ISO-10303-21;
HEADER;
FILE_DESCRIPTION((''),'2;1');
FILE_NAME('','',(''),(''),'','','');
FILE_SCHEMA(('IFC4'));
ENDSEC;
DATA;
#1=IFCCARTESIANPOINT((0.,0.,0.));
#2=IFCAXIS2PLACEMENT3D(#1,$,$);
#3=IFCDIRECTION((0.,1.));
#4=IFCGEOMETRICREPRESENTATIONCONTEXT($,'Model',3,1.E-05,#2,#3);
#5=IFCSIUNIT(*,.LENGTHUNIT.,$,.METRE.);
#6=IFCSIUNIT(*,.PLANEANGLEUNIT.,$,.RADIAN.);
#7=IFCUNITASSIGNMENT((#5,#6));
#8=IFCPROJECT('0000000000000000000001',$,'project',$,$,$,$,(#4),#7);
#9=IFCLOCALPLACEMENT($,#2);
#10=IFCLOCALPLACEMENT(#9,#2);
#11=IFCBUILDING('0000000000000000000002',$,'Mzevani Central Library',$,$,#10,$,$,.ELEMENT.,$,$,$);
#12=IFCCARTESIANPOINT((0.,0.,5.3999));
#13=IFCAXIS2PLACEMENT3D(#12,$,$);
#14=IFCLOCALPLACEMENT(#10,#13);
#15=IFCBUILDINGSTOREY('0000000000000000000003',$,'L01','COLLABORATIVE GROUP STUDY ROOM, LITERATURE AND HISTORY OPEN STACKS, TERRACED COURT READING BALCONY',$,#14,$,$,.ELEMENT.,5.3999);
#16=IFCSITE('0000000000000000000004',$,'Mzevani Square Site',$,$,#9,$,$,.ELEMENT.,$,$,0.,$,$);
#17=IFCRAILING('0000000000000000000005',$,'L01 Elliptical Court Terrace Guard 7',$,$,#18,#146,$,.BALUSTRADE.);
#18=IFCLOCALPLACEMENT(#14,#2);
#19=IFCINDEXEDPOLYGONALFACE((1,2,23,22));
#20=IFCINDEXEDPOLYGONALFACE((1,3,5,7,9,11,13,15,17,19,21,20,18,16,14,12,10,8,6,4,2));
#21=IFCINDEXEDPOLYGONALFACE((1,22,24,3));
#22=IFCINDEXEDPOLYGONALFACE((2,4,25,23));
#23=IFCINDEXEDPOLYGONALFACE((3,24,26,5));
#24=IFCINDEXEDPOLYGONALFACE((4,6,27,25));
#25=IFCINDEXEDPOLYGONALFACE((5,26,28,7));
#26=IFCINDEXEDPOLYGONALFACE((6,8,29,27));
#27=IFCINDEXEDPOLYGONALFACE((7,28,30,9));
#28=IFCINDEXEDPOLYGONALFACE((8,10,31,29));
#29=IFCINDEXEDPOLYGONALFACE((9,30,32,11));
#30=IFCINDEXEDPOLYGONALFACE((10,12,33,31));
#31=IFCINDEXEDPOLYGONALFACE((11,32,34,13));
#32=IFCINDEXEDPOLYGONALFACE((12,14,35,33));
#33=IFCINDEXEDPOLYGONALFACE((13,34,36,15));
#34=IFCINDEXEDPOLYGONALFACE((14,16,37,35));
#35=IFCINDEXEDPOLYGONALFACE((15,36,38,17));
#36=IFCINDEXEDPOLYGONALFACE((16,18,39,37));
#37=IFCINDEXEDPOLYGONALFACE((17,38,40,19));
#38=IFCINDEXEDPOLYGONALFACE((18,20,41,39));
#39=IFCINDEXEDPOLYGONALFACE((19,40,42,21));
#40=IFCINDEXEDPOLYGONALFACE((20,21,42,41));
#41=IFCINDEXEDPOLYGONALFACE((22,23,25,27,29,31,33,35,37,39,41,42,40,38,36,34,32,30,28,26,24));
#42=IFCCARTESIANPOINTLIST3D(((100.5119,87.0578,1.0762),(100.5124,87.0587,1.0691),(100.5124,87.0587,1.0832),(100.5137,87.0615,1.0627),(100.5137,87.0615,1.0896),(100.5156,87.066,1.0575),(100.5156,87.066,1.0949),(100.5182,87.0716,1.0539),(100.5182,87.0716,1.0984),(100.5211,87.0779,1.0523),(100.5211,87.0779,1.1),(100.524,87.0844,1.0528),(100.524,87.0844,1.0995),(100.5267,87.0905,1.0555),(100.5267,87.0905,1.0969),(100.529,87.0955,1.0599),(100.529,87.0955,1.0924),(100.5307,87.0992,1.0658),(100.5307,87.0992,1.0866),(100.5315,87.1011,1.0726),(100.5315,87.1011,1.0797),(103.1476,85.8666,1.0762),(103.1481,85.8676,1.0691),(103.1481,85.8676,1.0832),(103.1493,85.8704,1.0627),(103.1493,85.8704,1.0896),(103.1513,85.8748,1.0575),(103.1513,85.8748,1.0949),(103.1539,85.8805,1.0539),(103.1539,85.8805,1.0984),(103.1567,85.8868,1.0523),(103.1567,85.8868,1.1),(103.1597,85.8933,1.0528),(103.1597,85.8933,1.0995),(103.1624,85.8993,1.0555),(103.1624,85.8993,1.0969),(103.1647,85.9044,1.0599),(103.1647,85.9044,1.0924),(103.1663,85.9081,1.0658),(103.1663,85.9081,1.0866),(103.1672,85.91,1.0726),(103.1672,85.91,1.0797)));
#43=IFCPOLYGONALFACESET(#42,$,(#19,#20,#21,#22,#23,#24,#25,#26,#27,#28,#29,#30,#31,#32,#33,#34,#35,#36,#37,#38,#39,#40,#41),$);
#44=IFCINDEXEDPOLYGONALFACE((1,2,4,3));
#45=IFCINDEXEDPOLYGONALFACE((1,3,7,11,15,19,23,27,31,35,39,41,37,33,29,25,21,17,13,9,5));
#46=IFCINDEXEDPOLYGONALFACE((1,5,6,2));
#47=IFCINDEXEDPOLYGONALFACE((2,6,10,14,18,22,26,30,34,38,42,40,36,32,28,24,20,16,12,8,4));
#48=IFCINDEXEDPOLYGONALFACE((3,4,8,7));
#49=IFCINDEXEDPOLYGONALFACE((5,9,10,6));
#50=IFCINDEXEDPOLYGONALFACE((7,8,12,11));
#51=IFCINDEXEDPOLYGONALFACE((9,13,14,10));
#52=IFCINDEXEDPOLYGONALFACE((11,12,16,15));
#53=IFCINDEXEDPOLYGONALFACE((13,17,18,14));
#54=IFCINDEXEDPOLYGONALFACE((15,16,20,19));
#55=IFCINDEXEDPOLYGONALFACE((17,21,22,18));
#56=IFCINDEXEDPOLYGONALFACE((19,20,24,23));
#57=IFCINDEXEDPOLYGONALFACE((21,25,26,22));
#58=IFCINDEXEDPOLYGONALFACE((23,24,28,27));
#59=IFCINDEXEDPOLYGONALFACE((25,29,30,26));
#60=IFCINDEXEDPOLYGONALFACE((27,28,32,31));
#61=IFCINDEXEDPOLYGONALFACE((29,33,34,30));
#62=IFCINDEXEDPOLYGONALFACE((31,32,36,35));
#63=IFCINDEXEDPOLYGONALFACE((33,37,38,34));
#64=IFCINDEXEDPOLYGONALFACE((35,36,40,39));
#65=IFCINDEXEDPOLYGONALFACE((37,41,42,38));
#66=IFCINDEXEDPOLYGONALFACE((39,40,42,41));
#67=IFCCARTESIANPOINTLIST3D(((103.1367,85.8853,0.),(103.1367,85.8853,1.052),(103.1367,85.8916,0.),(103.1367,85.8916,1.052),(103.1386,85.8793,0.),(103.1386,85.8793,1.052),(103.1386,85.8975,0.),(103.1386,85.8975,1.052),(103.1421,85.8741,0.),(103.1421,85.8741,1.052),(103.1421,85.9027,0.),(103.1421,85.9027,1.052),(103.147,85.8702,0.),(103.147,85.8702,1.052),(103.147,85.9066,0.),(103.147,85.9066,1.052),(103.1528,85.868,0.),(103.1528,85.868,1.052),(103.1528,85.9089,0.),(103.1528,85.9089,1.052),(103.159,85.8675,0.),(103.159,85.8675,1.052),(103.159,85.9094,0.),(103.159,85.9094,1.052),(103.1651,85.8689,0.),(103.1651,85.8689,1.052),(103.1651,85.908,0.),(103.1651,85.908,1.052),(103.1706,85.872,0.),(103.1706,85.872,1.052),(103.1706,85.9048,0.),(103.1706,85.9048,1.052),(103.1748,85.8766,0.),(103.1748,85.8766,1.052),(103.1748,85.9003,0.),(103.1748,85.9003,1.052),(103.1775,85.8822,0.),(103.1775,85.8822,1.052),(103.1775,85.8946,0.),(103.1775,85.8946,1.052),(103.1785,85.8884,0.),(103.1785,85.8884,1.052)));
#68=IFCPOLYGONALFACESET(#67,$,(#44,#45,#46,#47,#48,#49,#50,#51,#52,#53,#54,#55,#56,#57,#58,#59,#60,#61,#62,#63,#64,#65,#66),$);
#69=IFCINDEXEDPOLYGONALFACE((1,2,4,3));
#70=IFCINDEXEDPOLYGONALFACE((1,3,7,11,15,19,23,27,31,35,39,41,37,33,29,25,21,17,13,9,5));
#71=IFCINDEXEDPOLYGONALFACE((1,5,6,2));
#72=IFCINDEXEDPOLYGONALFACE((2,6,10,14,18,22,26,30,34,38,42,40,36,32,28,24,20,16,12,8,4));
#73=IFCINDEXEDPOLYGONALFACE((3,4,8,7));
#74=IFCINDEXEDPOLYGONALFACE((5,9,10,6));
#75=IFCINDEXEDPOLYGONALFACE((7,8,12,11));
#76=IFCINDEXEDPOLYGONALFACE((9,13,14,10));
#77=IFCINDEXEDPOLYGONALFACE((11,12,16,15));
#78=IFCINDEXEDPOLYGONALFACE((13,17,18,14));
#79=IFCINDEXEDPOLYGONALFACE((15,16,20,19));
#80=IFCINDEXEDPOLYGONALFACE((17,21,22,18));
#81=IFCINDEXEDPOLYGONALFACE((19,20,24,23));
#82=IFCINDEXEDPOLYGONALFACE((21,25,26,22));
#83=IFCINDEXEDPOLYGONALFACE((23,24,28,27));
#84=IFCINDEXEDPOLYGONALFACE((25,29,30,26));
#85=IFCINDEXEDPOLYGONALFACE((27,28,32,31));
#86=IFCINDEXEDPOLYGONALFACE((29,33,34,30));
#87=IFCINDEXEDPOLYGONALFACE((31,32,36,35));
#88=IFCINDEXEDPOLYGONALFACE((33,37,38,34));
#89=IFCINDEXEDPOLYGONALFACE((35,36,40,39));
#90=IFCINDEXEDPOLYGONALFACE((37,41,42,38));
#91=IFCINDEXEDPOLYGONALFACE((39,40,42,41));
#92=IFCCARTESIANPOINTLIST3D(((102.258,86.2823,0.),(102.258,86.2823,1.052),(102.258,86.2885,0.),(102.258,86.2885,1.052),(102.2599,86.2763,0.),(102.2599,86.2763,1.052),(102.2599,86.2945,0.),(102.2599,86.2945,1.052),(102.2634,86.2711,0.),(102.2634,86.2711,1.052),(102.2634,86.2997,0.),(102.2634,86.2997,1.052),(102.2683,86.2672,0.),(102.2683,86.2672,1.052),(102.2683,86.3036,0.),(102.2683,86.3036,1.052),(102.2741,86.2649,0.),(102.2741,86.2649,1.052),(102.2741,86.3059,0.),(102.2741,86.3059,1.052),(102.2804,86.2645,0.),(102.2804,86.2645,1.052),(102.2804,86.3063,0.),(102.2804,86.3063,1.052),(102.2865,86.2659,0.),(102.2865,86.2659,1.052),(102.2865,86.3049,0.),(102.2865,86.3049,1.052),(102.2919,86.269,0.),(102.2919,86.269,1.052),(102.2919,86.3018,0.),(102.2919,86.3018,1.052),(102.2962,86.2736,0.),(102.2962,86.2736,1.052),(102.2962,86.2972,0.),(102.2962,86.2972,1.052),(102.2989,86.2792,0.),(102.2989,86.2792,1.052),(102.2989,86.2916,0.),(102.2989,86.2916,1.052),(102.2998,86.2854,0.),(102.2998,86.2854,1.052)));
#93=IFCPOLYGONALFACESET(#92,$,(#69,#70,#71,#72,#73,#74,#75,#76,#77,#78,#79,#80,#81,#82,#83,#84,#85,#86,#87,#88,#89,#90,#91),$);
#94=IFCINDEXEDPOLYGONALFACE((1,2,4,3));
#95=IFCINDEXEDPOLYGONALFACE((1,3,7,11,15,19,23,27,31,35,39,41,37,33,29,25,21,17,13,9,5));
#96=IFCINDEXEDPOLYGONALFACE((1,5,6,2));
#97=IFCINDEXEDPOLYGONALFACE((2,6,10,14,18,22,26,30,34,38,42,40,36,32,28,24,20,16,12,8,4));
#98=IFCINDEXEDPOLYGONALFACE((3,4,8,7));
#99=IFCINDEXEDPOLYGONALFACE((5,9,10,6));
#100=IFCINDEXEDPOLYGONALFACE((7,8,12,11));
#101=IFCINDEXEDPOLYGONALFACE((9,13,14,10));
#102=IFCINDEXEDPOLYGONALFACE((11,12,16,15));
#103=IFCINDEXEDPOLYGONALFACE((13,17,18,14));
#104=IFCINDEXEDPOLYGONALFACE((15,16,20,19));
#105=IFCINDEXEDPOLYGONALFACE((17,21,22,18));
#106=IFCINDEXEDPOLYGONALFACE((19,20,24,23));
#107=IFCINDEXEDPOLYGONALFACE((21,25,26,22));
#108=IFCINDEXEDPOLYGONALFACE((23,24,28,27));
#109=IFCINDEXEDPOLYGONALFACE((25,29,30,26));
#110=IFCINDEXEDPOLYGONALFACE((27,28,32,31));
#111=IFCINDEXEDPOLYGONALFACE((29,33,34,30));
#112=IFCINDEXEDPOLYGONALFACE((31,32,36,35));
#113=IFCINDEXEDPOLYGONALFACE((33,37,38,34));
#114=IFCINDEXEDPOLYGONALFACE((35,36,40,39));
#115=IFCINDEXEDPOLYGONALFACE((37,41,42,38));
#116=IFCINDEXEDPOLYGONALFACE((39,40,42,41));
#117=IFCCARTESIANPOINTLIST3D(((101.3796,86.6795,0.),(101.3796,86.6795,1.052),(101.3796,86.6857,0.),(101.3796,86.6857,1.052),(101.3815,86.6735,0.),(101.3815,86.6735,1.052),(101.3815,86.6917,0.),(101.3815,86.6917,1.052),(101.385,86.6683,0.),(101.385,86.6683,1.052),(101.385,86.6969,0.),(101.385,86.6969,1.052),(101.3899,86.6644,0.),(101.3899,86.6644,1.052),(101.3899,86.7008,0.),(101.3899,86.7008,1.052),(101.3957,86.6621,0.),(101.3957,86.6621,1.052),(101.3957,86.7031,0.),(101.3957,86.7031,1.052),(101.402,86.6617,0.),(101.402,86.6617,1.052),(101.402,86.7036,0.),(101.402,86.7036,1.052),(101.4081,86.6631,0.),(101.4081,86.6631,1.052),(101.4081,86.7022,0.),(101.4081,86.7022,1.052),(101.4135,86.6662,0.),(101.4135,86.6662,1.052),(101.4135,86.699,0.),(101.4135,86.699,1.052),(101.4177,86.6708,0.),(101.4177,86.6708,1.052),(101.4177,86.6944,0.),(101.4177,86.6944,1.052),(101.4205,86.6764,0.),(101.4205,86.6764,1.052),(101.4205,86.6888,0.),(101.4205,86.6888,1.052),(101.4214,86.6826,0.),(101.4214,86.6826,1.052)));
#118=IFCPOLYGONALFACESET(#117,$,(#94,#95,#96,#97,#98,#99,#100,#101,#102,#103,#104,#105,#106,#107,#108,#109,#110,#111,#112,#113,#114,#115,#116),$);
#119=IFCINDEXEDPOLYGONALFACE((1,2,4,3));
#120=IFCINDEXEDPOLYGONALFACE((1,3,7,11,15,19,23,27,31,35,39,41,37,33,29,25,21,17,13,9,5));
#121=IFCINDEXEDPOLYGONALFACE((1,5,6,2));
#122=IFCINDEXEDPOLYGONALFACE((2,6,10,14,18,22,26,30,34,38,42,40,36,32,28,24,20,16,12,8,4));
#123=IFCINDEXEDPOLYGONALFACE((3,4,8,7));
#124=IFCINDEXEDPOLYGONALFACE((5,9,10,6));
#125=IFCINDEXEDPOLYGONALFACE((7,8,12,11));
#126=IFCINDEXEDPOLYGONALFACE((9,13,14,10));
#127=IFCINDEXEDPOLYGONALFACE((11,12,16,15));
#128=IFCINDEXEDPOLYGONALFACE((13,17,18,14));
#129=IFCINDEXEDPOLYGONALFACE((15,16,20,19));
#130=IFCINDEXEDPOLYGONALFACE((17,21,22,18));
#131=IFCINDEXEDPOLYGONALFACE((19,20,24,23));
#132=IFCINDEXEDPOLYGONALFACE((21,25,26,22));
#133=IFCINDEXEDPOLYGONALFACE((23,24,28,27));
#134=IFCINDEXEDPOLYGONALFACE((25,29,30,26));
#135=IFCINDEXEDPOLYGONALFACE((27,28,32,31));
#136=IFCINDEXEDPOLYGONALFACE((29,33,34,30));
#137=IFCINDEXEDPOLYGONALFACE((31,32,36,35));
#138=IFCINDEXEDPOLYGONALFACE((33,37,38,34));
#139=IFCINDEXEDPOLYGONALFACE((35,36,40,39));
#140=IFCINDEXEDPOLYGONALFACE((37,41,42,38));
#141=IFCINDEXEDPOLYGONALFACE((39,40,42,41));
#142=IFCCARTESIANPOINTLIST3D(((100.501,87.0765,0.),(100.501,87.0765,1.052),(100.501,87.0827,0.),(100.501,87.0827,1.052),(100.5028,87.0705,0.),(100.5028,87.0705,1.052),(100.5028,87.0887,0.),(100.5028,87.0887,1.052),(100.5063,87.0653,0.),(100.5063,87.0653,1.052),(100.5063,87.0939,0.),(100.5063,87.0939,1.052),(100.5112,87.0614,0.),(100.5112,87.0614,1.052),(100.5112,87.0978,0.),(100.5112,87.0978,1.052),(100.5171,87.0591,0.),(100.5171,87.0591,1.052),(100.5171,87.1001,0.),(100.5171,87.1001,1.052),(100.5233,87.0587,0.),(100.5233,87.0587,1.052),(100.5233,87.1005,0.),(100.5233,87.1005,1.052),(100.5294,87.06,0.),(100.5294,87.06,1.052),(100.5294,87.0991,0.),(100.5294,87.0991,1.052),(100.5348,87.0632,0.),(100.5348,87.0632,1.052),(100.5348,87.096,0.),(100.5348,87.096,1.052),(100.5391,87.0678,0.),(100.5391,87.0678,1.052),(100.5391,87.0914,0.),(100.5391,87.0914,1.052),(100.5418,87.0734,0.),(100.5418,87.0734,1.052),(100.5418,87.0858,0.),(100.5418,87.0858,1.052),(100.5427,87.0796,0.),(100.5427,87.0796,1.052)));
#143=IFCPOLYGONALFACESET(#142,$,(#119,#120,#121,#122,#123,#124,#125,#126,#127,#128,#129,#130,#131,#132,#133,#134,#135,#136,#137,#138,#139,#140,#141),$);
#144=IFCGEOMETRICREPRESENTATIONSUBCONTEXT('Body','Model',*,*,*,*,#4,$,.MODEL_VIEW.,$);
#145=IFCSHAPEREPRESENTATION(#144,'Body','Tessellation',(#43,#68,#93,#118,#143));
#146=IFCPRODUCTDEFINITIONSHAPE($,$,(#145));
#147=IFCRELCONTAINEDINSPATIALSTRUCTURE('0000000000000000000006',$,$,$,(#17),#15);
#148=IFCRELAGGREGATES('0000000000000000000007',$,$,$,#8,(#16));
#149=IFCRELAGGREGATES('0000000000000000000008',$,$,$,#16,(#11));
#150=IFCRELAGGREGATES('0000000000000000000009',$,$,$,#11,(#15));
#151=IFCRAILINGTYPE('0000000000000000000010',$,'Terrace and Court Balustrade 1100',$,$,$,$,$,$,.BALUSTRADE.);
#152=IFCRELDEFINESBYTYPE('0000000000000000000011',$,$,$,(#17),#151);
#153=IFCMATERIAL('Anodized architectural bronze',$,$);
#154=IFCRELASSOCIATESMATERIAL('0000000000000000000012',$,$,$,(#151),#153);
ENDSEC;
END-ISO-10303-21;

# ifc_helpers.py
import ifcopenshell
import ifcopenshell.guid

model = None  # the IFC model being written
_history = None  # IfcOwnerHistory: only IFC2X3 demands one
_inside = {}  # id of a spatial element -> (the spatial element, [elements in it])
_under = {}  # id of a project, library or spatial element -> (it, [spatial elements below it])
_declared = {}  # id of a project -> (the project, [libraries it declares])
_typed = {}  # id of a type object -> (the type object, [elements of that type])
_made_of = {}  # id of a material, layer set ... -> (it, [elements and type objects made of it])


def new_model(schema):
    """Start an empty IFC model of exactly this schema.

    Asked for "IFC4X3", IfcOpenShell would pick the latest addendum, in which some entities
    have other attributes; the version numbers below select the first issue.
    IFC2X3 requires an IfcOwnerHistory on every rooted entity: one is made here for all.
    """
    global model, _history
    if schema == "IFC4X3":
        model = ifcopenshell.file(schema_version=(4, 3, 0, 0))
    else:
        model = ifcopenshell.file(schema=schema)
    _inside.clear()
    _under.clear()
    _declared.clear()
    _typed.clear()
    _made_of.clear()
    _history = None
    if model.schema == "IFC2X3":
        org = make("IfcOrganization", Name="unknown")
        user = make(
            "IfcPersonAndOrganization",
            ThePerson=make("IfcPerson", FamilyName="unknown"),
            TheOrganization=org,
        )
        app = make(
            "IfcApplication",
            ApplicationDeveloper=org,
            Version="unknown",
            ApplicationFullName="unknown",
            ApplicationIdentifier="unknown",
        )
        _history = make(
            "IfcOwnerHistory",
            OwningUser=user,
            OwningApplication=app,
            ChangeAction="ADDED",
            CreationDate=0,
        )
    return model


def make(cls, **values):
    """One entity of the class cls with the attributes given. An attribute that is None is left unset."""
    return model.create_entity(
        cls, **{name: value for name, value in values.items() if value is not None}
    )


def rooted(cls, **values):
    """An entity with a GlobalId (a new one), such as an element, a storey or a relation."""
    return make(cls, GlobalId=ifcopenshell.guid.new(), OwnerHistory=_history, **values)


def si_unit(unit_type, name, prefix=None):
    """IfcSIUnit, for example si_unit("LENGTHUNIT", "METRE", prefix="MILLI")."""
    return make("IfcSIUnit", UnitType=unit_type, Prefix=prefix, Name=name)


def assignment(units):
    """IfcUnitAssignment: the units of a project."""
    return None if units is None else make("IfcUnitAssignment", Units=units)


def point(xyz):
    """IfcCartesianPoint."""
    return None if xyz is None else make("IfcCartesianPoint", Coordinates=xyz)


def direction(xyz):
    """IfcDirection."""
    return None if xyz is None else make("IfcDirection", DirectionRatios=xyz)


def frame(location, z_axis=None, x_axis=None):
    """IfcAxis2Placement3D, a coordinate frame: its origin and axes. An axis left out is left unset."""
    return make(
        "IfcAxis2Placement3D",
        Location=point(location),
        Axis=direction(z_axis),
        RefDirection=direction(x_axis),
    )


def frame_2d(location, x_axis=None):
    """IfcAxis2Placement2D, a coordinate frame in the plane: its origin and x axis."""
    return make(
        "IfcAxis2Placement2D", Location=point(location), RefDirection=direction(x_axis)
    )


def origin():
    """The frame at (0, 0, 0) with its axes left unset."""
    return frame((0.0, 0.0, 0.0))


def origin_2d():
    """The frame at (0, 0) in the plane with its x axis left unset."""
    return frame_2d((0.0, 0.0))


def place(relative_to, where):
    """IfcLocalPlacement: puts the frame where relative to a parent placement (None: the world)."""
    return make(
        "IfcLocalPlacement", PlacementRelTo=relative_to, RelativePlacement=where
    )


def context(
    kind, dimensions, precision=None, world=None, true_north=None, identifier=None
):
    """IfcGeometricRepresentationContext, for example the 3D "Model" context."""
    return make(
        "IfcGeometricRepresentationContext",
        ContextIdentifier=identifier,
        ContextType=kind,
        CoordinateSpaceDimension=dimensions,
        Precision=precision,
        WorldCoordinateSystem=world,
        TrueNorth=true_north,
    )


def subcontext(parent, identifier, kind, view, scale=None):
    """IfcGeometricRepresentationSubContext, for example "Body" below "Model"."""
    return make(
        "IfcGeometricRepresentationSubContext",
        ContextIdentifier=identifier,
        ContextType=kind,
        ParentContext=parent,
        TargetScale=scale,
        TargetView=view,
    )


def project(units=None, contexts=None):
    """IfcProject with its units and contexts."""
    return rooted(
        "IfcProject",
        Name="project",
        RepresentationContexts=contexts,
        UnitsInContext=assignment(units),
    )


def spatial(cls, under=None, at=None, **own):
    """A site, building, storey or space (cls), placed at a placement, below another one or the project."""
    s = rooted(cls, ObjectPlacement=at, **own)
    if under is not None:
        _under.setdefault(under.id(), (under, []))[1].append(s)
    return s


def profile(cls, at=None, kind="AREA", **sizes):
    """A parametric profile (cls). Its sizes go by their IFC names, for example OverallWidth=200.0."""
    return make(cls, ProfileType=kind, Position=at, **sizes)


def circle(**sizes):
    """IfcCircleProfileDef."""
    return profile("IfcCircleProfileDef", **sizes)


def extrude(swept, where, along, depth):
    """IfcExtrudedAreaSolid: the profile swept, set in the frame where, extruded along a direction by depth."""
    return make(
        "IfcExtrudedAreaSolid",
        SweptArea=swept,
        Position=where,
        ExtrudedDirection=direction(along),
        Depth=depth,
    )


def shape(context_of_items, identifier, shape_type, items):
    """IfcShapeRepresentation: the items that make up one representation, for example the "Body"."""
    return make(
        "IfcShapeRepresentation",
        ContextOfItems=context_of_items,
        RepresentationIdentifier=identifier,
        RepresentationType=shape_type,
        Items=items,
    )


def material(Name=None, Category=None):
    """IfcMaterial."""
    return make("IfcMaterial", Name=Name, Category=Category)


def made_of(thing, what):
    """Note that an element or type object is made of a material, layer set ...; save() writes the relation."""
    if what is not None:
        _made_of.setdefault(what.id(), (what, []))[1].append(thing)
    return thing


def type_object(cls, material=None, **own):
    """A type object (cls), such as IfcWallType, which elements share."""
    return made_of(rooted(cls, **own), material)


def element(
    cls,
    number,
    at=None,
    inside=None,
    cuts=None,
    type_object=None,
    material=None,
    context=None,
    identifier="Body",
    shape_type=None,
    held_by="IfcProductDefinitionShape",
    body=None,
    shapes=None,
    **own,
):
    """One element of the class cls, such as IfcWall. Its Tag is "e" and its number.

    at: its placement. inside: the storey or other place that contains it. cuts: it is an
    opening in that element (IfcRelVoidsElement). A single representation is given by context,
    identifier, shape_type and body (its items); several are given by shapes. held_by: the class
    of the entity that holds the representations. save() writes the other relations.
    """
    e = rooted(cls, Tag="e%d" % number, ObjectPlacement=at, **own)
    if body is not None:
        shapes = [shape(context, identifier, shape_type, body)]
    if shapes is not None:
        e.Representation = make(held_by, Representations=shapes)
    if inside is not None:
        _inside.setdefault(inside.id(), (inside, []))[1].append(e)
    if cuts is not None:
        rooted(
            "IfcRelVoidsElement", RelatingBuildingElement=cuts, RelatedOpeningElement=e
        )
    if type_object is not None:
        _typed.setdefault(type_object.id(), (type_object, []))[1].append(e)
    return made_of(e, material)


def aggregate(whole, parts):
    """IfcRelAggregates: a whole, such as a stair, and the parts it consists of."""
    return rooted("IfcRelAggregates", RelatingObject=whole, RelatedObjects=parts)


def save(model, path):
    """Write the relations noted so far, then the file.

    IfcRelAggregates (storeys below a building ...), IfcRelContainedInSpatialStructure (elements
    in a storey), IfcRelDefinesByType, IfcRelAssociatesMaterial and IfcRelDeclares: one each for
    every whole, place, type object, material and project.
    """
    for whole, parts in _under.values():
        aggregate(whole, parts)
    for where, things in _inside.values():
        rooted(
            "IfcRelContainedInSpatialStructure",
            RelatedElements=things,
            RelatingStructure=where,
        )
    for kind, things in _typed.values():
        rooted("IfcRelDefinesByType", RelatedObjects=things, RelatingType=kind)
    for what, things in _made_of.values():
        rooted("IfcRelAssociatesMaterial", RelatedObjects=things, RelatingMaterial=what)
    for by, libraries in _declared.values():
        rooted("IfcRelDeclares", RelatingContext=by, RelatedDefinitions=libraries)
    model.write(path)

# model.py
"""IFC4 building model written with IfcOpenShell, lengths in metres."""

from ifc_helpers import new_model, si_unit, direction, frame, origin, origin_2d, place, context, subcontext, project, spatial, circle, extrude, material, type_object, element, save


model = new_model("IFC4")

# Units and contexts
model_context = context("Model", 3, precision=1e-05, world=origin(), true_north=direction((0.0, 1.0)))
body_context = subcontext(model_context, "Body", "Model", "MODEL_VIEW")
ifc_project = project(units=[si_unit("LENGTHUNIT", "METRE"), si_unit("PLANEANGLEUNIT", "RADIAN")], contexts=[model_context])

# Site, building, storey
site_placement = place(None, origin())
site = spatial("IfcSite", under=ifc_project, at=site_placement, Name="Mzevani Square Site", CompositionType="ELEMENT", RefElevation=0.0)
building_placement = place(site_placement, origin())
building = spatial("IfcBuilding", under=site, at=building_placement, Name="Mzevani Central Library", CompositionType="ELEMENT")
storey_placement = place(building_placement, frame((0.0, 0.0, 5.3999)))
storey = spatial("IfcBuildingStorey", under=building, at=storey_placement, Name="L01", Description="COLLABORATIVE GROUP STUDY ROOM, LITERATURE AND HISTORY OPEN STACKS, TERRACED COURT READING BALCONY", CompositionType="ELEMENT", Elevation=5.3999)

# Railing
ifc_material_1 = material(Name="Anodized architectural bronze")
railing_type = type_object("IfcRailingType", Name="Terrace and Court Balustrade 1100", PredefinedType="BALUSTRADE", material=ifc_material_1)
railing_placement = place(storey_placement, frame((103.1575, 85.8884, 0.0)))
element("IfcRailing", 1, at=railing_placement, inside=storey, type_object=railing_type, Name="L01 Elliptical Court Terrace Guard 7", PredefinedType="BALUSTRADE", context=body_context, shape_type="SweptSolid", body=[
    extrude(circle(Radius=0.0239, at=origin_2d()), frame((0.0, 0.0, 1.0762), z_axis=(-0.911263, 0.411824, 0.0), x_axis=(-0.411824, -0.911263, 0.0)), (0.0, 0.0, 1.0), 2.8923),
    extrude(circle(Radius=0.021, at=origin_2d()), origin(), (0.0, 0.0, 1.0), 1.052),
    extrude(circle(Radius=0.021, at=origin_2d()), frame((-0.8787, 0.397, 0.0)), (0.0, 0.0, 1.0), 1.052),
    extrude(circle(Radius=0.021, at=origin_2d()), frame((-1.7571, 0.7942, 0.0)), (0.0, 0.0, 1.0), 1.052),
    extrude(circle(Radius=0.021, at=origin_2d()), frame((-2.6357, 1.1912, 0.0)), (0.0, 0.0, 1.0), 1.052),
])

save(model, "model.ifc")
